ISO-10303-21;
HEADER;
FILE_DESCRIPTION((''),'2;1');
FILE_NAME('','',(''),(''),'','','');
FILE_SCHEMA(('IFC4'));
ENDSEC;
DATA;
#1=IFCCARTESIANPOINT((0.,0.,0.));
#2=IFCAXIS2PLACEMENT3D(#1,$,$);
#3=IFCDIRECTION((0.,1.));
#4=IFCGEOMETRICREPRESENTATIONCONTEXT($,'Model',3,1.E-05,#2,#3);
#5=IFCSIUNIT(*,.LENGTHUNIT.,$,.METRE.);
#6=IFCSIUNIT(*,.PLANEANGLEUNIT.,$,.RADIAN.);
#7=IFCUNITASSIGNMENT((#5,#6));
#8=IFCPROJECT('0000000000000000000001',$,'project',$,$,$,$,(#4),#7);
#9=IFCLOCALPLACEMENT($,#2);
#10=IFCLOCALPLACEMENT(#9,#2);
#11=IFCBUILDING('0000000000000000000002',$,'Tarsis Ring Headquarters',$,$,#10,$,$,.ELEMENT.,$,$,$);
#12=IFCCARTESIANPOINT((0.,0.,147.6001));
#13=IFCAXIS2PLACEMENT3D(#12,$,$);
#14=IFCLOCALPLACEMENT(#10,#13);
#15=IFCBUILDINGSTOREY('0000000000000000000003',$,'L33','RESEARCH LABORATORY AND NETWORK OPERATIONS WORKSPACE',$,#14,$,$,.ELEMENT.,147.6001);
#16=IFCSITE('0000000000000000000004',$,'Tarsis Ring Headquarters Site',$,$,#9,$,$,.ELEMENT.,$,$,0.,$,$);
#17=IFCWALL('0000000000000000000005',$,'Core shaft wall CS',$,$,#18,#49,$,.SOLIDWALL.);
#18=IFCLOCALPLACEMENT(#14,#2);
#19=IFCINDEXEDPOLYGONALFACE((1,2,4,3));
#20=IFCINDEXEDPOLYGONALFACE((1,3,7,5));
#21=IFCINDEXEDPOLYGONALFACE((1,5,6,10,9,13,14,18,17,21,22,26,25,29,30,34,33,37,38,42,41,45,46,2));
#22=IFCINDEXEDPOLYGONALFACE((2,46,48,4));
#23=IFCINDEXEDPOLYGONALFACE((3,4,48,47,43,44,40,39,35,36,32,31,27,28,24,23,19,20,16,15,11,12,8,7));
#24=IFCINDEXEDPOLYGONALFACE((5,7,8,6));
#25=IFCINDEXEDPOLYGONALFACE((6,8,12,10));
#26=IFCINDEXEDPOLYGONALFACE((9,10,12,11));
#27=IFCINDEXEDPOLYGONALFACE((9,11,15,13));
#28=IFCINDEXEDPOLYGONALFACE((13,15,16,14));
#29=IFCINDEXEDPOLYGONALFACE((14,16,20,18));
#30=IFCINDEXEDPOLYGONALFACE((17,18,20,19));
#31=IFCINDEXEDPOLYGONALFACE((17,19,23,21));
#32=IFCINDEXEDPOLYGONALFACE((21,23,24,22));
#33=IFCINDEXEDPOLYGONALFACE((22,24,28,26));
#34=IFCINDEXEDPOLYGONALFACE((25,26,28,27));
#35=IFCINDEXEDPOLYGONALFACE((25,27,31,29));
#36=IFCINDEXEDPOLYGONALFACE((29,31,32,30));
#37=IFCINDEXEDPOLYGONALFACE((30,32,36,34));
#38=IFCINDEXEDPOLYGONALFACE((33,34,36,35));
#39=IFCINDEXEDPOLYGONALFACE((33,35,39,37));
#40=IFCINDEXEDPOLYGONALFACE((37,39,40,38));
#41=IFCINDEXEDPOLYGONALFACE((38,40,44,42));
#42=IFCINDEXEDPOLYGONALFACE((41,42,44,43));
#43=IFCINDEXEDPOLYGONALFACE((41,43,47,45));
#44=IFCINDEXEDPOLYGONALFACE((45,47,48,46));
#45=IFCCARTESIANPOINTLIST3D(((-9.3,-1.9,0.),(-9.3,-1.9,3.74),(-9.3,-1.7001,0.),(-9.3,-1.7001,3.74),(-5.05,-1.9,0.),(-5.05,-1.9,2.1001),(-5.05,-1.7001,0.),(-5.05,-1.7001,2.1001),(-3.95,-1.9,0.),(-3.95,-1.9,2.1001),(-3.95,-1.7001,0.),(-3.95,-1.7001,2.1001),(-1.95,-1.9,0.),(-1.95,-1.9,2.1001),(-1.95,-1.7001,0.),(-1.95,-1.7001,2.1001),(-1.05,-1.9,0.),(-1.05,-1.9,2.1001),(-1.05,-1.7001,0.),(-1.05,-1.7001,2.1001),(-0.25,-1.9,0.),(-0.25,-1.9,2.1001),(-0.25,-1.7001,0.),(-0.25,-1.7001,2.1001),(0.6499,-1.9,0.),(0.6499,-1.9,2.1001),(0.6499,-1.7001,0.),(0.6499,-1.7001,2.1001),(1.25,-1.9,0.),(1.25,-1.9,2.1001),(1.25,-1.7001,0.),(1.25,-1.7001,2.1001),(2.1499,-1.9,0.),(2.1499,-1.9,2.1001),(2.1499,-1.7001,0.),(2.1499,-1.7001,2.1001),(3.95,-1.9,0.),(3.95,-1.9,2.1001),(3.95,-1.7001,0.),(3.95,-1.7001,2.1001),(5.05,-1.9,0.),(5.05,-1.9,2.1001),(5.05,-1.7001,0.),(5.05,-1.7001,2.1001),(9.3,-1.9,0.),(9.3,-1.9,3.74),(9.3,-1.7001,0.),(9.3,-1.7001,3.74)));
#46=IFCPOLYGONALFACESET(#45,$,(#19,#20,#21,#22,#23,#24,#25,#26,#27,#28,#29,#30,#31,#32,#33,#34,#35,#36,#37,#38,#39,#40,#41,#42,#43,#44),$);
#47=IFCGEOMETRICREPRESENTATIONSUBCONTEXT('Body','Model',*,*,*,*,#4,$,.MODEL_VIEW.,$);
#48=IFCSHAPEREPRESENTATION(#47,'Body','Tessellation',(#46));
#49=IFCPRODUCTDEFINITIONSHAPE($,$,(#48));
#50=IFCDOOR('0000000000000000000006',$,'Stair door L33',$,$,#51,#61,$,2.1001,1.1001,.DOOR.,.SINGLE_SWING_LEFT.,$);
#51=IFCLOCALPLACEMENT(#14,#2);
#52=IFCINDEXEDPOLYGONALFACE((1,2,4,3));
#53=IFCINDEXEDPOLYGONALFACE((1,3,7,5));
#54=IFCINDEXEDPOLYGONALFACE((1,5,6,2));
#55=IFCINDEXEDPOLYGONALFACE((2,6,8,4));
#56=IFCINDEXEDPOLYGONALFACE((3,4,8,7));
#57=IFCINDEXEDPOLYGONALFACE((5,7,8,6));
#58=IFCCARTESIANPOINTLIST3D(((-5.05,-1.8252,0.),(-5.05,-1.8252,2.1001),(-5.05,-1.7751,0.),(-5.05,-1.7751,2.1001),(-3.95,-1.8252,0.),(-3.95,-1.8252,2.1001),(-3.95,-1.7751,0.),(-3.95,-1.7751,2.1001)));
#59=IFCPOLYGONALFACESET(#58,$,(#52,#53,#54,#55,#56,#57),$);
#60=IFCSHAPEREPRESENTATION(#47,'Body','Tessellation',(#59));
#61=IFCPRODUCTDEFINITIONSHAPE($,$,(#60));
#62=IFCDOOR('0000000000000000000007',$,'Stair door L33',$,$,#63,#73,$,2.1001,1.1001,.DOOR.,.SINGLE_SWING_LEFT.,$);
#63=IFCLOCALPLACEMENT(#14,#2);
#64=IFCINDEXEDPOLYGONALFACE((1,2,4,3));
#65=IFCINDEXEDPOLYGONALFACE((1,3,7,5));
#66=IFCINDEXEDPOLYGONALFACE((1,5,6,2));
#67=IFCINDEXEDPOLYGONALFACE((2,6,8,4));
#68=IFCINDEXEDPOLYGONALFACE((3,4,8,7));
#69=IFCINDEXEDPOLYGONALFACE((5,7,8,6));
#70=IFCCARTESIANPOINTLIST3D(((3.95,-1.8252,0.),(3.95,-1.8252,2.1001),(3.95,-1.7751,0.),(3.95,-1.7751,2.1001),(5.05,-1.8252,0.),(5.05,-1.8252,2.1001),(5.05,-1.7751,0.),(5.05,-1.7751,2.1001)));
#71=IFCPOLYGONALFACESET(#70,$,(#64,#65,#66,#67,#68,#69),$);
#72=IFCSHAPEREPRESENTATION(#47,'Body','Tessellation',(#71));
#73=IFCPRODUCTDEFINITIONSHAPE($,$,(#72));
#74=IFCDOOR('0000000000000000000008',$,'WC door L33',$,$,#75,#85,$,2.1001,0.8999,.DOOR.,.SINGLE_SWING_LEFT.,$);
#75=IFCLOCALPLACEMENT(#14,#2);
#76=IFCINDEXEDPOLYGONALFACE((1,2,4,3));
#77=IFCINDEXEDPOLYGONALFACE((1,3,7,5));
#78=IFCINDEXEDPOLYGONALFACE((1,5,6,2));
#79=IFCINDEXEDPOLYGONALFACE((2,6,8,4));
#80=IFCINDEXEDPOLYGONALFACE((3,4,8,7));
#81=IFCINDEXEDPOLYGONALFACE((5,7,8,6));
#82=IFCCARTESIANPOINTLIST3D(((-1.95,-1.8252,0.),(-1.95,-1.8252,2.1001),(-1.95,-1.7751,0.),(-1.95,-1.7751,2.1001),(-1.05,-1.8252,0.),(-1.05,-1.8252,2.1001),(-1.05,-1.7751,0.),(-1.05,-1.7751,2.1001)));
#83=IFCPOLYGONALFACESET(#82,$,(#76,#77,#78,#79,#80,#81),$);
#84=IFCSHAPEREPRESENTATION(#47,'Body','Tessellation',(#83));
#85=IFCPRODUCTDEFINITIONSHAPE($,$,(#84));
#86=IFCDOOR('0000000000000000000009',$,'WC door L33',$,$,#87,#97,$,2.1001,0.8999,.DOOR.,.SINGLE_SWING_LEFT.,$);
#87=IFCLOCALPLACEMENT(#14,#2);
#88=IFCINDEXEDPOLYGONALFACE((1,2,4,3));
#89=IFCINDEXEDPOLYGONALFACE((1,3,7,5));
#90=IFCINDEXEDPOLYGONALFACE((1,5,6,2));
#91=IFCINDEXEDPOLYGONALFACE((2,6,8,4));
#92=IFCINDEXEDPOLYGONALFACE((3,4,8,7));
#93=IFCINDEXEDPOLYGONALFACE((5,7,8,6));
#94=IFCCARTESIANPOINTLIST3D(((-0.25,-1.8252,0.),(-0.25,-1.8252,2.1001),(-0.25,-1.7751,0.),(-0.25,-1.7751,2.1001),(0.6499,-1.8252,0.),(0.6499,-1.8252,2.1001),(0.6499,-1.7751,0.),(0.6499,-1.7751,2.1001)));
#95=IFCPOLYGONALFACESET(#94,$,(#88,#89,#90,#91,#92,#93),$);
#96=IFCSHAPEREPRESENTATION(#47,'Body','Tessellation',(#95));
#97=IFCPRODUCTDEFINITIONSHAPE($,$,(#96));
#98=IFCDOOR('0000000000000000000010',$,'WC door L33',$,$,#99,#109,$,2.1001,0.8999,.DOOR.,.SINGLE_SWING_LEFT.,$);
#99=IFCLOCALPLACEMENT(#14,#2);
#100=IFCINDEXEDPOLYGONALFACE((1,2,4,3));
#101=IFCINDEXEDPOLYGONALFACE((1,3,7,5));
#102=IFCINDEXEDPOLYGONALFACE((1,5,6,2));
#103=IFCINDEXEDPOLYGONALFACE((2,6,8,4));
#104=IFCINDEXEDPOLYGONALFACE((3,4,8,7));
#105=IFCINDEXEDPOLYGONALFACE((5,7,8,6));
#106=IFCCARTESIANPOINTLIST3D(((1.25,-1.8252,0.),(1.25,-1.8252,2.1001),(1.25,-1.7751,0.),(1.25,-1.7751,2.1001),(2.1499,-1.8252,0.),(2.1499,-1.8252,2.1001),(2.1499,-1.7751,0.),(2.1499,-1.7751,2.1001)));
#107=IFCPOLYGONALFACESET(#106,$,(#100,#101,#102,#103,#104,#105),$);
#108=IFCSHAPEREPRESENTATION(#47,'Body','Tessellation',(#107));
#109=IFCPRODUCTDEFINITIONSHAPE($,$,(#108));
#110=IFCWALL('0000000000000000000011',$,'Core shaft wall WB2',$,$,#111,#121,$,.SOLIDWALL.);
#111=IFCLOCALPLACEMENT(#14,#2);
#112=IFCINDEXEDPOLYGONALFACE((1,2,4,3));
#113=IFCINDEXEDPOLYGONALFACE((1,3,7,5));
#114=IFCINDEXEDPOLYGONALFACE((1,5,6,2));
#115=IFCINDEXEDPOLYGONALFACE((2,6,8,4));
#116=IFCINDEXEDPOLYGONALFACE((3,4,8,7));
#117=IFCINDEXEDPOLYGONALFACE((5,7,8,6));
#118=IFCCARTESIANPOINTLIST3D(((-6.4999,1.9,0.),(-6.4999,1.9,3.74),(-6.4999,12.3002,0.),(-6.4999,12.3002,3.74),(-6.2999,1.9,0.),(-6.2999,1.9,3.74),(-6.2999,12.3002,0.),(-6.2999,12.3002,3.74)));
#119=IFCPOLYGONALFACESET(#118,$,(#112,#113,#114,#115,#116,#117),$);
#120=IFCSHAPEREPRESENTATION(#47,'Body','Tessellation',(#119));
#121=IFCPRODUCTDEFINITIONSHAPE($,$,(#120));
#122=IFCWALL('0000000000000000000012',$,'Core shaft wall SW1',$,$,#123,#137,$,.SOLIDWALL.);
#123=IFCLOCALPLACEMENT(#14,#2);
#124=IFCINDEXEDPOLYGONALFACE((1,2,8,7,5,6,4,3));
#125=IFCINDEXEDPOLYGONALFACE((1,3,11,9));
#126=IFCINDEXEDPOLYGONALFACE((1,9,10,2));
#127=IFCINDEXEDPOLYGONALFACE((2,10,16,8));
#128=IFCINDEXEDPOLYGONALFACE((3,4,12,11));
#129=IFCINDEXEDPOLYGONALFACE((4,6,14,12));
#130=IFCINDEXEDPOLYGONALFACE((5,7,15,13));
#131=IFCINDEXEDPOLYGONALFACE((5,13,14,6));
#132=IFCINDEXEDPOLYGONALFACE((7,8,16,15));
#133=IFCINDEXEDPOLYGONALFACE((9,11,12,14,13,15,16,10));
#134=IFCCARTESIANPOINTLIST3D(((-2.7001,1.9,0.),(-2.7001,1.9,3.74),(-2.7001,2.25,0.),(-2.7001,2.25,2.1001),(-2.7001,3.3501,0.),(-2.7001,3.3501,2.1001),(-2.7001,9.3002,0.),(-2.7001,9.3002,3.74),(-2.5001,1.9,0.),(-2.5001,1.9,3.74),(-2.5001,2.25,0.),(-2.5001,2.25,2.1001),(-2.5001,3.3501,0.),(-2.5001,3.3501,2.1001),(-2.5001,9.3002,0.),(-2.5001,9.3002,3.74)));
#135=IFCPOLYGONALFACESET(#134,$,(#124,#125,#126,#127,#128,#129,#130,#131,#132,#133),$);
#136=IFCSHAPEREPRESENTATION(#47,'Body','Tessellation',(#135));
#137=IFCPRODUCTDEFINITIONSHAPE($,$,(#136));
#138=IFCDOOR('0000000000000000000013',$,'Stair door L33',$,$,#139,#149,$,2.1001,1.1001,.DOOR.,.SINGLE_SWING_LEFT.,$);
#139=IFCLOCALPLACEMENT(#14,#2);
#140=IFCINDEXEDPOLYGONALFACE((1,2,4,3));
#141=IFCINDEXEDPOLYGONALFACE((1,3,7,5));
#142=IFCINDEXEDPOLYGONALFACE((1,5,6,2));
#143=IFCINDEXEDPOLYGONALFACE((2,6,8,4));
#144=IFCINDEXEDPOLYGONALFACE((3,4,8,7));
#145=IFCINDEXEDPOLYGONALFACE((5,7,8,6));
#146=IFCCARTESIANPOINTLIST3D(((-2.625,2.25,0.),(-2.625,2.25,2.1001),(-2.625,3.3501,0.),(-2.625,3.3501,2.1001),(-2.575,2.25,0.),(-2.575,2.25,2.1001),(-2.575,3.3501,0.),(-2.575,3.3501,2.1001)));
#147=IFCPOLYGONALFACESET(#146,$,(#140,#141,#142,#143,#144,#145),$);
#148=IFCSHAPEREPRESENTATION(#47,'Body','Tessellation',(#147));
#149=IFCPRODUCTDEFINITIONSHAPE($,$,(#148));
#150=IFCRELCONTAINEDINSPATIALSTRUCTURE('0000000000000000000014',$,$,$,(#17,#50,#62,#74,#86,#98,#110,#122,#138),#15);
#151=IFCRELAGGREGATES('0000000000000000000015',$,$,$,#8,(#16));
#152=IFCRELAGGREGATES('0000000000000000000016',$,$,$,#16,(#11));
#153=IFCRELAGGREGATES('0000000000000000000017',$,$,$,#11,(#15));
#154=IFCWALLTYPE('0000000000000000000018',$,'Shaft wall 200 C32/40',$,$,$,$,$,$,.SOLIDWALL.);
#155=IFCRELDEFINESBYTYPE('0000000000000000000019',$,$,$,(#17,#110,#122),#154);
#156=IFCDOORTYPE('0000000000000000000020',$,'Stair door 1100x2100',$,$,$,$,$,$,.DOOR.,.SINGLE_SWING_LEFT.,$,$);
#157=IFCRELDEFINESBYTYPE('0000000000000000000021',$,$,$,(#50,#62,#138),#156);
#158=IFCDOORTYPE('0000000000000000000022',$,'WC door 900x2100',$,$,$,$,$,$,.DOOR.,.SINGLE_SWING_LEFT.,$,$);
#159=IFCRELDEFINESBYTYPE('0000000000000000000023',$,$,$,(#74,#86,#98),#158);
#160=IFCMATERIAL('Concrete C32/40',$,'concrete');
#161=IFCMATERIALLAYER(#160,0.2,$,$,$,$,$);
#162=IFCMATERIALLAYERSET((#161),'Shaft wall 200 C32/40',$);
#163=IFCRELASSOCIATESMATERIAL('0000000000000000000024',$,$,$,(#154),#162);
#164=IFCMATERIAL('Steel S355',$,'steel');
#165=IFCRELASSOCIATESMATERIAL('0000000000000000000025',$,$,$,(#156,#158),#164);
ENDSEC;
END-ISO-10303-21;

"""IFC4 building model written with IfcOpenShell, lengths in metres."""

from ifc_helpers import new_model, si_unit, direction, frame, frame_2d, origin, place, context, subcontext, project, spatial, rectangle, extrude, material, layer, layer_set, type_object, element, fill, save


model = new_model("IFC4")

# Units and contexts
model_context = context("Model", 3, precision=1e-05, world=origin(), true_north=direction((0.0, 1.0)))
body_context = subcontext(model_context, "Body", "Model", "MODEL_VIEW")
ifc_project = project(units=[si_unit("LENGTHUNIT", "METRE"), si_unit("PLANEANGLEUNIT", "RADIAN")], contexts=[model_context])

# Site, building, storey
site_placement = place(None, origin())
site = spatial("IfcSite", under=ifc_project, at=site_placement, Name="Tarsis Ring Headquarters Site", CompositionType="ELEMENT", RefElevation=0.0)
building_placement = place(site_placement, origin())
building = spatial("IfcBuilding", under=site, at=building_placement, Name="Tarsis Ring Headquarters", CompositionType="ELEMENT")
storey_placement = place(building_placement, frame((0.0, 0.0, 147.6001)))
storey = spatial("IfcBuildingStorey", under=building, at=storey_placement, Name="L33", Description="RESEARCH LABORATORY AND NETWORK OPERATIONS WORKSPACE", CompositionType="ELEMENT", Elevation=147.6001)

# Wall, openings, doors
ifc_material_1 = material(Name="Concrete C32/40", Category="concrete")
ifc_layer_1 = layer(ifc_material_1, 0.2)
ifc_layer_set_1 = layer_set([ifc_layer_1], Name="Shaft wall 200 C32/40")
wall_type_1 = type_object("IfcWallType", Name="Shaft wall 200 C32/40", PredefinedType="SOLIDWALL", material=ifc_layer_set_1)
ifc_material_2 = material(Name="Steel S355", Category="steel")
door_type_1 = type_object("IfcDoorType", Name="Stair door 1100x2100", OperationType="SINGLE_SWING_LEFT", PredefinedType="DOOR", material=ifc_material_2)
wall_1_placement = place(storey_placement, frame((-9.3, -1.8, 0.0), z_axis=(0.0, 0.0, 1.0), x_axis=(1.0, 0.0, 0.0)))
wall_1 = element("IfcWall", 1, at=wall_1_placement, inside=storey, type_object=wall_type_1, Name="Core shaft wall CS", PredefinedType="SOLIDWALL", context=body_context, shape_type="SweptSolid", body=[
    extrude(rectangle(XDim=18.6001, YDim=0.2, at=frame_2d((9.3, 0.0))), origin(), (0.0, 0.0, 1.0), 3.74),
])
opening_1_placement = place(wall_1_placement, frame((4.25, 0.0, 0.0)))
opening_1 = element("IfcOpeningElement", 2, at=opening_1_placement, cuts=wall_1, PredefinedType="OPENING", context=body_context, shape_type="SweptSolid", body=[
    extrude(rectangle(XDim=1.1001, YDim=2.1001, at=frame_2d((0.55, 1.05))), frame((0.0, 0.1099, 0.0), z_axis=(0.0, -1.0, 0.0), x_axis=(1.0, 0.0, 0.0)), (0.0, 0.0, 1.0), 0.22),
])
opening_2_placement = place(wall_1_placement, frame((7.3501, 0.0, 0.0)))
opening_2 = element("IfcOpeningElement", 3, at=opening_2_placement, cuts=wall_1, PredefinedType="OPENING", context=body_context, shape_type="SweptSolid", body=[
    extrude(rectangle(XDim=0.8999, YDim=2.1001, at=frame_2d((0.45, 1.05))), frame((0.0, 0.1099, 0.0), z_axis=(0.0, -1.0, 0.0), x_axis=(1.0, 0.0, 0.0)), (0.0, 0.0, 1.0), 0.22),
])
opening_3_placement = place(wall_1_placement, frame((9.05, 0.0, 0.0)))
opening_3 = element("IfcOpeningElement", 4, at=opening_3_placement, cuts=wall_1, PredefinedType="OPENING", context=body_context, shape_type="SweptSolid", body=[
    extrude(rectangle(XDim=0.8999, YDim=2.1001, at=frame_2d((0.45, 1.05))), frame((0.0, 0.1099, 0.0), z_axis=(0.0, -1.0, 0.0), x_axis=(1.0, 0.0, 0.0)), (0.0, 0.0, 1.0), 0.22),
])
opening_4_placement = place(wall_1_placement, frame((10.55, 0.0, 0.0)))
opening_4 = element("IfcOpeningElement", 5, at=opening_4_placement, cuts=wall_1, PredefinedType="OPENING", context=body_context, shape_type="SweptSolid", body=[
    extrude(rectangle(XDim=0.8999, YDim=2.1001, at=frame_2d((0.45, 1.05))), frame((0.0, 0.1099, 0.0), z_axis=(0.0, -1.0, 0.0), x_axis=(1.0, 0.0, 0.0)), (0.0, 0.0, 1.0), 0.22),
])
opening_5_placement = place(wall_1_placement, frame((13.25, 0.0, 0.0)))
opening_5 = element("IfcOpeningElement", 6, at=opening_5_placement, cuts=wall_1, PredefinedType="OPENING", context=body_context, shape_type="SweptSolid", body=[
    extrude(rectangle(XDim=1.1001, YDim=2.1001, at=frame_2d((0.55, 1.05))), frame((0.0, 0.1099, 0.0), z_axis=(0.0, -1.0, 0.0), x_axis=(1.0, 0.0, 0.0)), (0.0, 0.0, 1.0), 0.22),
])
door_1_placement = place(opening_1_placement, origin())
door_1 = element("IfcDoor", 7, at=door_1_placement, inside=storey, type_object=door_type_1, Name="Stair door L33", OperationType="SINGLE_SWING_LEFT", OverallHeight=2.1001, OverallWidth=1.1001, PredefinedType="DOOR", context=body_context, shape_type="SweptSolid", body=[
    extrude(rectangle(XDim=1.1001, YDim=2.1001, at=frame_2d((0.55, 1.05))), frame((0.0, 0.0249, 0.0), z_axis=(0.0, -1.0, 0.0), x_axis=(1.0, 0.0, 0.0)), (0.0, 0.0, 1.0), 0.05),
])
fill(opening_1, door_1)
door_2_placement = place(opening_5_placement, origin())
door_2 = element("IfcDoor", 8, at=door_2_placement, inside=storey, type_object=door_type_1, Name="Stair door L33", OperationType="SINGLE_SWING_LEFT", OverallHeight=2.1001, OverallWidth=1.1001, PredefinedType="DOOR", context=body_context, shape_type="SweptSolid", body=[
    extrude(rectangle(XDim=1.1001, YDim=2.1001, at=frame_2d((0.55, 1.05))), frame((0.0, 0.0249, 0.0), z_axis=(0.0, -1.0, 0.0), x_axis=(1.0, 0.0, 0.0)), (0.0, 0.0, 1.0), 0.05),
])
fill(opening_5, door_2)
door_type_2 = type_object("IfcDoorType", Name="WC door 900x2100", OperationType="SINGLE_SWING_LEFT", PredefinedType="DOOR", material=ifc_material_2)
door_3_placement = place(opening_2_placement, origin())
door_3 = element("IfcDoor", 9, at=door_3_placement, inside=storey, type_object=door_type_2, Name="WC door L33", OperationType="SINGLE_SWING_LEFT", OverallHeight=2.1001, OverallWidth=0.8999, PredefinedType="DOOR", context=body_context, shape_type="SweptSolid", body=[
    extrude(rectangle(XDim=0.8999, YDim=2.1001, at=frame_2d((0.45, 1.05))), frame((0.0, 0.0249, 0.0), z_axis=(0.0, -1.0, 0.0), x_axis=(1.0, 0.0, 0.0)), (0.0, 0.0, 1.0), 0.05),
])
fill(opening_2, door_3)
door_4_placement = place(opening_3_placement, origin())
door_4 = element("IfcDoor", 10, at=door_4_placement, inside=storey, type_object=door_type_2, Name="WC door L33", OperationType="SINGLE_SWING_LEFT", OverallHeight=2.1001, OverallWidth=0.8999, PredefinedType="DOOR", context=body_context, shape_type="SweptSolid", body=[
    extrude(rectangle(XDim=0.8999, YDim=2.1001, at=frame_2d((0.45, 1.05))), frame((0.0, 0.0249, 0.0), z_axis=(0.0, -1.0, 0.0), x_axis=(1.0, 0.0, 0.0)), (0.0, 0.0, 1.0), 0.05),
])
fill(opening_3, door_4)
door_5_placement = place(opening_4_placement, origin())
door_5 = element("IfcDoor", 11, at=door_5_placement, inside=storey, type_object=door_type_2, Name="WC door L33", OperationType="SINGLE_SWING_LEFT", OverallHeight=2.1001, OverallWidth=0.8999, PredefinedType="DOOR", context=body_context, shape_type="SweptSolid", body=[
    extrude(rectangle(XDim=0.8999, YDim=2.1001, at=frame_2d((0.45, 1.05))), frame((0.0, 0.0249, 0.0), z_axis=(0.0, -1.0, 0.0), x_axis=(1.0, 0.0, 0.0)), (0.0, 0.0, 1.0), 0.05),
])
fill(opening_4, door_5)

# Wall
wall_2_placement = place(storey_placement, frame((-6.3999, 1.8999, 0.0), z_axis=(0.0, 0.0, 1.0), x_axis=(0.0, 1.0, 0.0)))
element("IfcWall", 12, at=wall_2_placement, inside=storey, type_object=wall_type_1, Name="Core shaft wall WB2", PredefinedType="SOLIDWALL", context=body_context, shape_type="SweptSolid", body=[
    extrude(rectangle(XDim=10.4001, YDim=0.2, at=frame_2d((5.2002, 0.0))), origin(), (0.0, 0.0, 1.0), 3.74),
])

# Wall, opening, door
wall_3_placement = place(storey_placement, frame((-2.6001, 1.8999, 0.0), z_axis=(0.0, 0.0, 1.0), x_axis=(0.0, 1.0, 0.0)))
wall_3 = element("IfcWall", 13, at=wall_3_placement, inside=storey, type_object=wall_type_1, Name="Core shaft wall SW1", PredefinedType="SOLIDWALL", context=body_context, shape_type="SweptSolid", body=[
    extrude(rectangle(XDim=7.4001, YDim=0.2, at=frame_2d((3.7002, 0.0))), origin(), (0.0, 0.0, 1.0), 3.74),
])
opening_6_placement = place(wall_3_placement, frame((0.3501, 0.0, 0.0)))
opening_6 = element("IfcOpeningElement", 14, at=opening_6_placement, cuts=wall_3, PredefinedType="OPENING", context=body_context, shape_type="SweptSolid", body=[
    extrude(rectangle(XDim=1.1001, YDim=2.1001, at=frame_2d((0.55, 1.05))), frame((0.0, 0.1099, 0.0), z_axis=(0.0, -1.0, 0.0), x_axis=(1.0, 0.0, 0.0)), (0.0, 0.0, 1.0), 0.22),
])
door_6_placement = place(opening_6_placement, origin())
door_6 = element("IfcDoor", 15, at=door_6_placement, inside=storey, type_object=door_type_1, Name="Stair door L33", OperationType="SINGLE_SWING_LEFT", OverallHeight=2.1001, OverallWidth=1.1001, PredefinedType="DOOR", context=body_context, shape_type="SweptSolid", body=[
    extrude(rectangle(XDim=1.1001, YDim=2.1001, at=frame_2d((0.55, 1.05))), frame((0.0, 0.0249, 0.0), z_axis=(0.0, -1.0, 0.0), x_axis=(1.0, 0.0, 0.0)), (0.0, 0.0, 1.0), 0.05),
])
fill(opening_6, door_6)

save(model, "model.ifc")
